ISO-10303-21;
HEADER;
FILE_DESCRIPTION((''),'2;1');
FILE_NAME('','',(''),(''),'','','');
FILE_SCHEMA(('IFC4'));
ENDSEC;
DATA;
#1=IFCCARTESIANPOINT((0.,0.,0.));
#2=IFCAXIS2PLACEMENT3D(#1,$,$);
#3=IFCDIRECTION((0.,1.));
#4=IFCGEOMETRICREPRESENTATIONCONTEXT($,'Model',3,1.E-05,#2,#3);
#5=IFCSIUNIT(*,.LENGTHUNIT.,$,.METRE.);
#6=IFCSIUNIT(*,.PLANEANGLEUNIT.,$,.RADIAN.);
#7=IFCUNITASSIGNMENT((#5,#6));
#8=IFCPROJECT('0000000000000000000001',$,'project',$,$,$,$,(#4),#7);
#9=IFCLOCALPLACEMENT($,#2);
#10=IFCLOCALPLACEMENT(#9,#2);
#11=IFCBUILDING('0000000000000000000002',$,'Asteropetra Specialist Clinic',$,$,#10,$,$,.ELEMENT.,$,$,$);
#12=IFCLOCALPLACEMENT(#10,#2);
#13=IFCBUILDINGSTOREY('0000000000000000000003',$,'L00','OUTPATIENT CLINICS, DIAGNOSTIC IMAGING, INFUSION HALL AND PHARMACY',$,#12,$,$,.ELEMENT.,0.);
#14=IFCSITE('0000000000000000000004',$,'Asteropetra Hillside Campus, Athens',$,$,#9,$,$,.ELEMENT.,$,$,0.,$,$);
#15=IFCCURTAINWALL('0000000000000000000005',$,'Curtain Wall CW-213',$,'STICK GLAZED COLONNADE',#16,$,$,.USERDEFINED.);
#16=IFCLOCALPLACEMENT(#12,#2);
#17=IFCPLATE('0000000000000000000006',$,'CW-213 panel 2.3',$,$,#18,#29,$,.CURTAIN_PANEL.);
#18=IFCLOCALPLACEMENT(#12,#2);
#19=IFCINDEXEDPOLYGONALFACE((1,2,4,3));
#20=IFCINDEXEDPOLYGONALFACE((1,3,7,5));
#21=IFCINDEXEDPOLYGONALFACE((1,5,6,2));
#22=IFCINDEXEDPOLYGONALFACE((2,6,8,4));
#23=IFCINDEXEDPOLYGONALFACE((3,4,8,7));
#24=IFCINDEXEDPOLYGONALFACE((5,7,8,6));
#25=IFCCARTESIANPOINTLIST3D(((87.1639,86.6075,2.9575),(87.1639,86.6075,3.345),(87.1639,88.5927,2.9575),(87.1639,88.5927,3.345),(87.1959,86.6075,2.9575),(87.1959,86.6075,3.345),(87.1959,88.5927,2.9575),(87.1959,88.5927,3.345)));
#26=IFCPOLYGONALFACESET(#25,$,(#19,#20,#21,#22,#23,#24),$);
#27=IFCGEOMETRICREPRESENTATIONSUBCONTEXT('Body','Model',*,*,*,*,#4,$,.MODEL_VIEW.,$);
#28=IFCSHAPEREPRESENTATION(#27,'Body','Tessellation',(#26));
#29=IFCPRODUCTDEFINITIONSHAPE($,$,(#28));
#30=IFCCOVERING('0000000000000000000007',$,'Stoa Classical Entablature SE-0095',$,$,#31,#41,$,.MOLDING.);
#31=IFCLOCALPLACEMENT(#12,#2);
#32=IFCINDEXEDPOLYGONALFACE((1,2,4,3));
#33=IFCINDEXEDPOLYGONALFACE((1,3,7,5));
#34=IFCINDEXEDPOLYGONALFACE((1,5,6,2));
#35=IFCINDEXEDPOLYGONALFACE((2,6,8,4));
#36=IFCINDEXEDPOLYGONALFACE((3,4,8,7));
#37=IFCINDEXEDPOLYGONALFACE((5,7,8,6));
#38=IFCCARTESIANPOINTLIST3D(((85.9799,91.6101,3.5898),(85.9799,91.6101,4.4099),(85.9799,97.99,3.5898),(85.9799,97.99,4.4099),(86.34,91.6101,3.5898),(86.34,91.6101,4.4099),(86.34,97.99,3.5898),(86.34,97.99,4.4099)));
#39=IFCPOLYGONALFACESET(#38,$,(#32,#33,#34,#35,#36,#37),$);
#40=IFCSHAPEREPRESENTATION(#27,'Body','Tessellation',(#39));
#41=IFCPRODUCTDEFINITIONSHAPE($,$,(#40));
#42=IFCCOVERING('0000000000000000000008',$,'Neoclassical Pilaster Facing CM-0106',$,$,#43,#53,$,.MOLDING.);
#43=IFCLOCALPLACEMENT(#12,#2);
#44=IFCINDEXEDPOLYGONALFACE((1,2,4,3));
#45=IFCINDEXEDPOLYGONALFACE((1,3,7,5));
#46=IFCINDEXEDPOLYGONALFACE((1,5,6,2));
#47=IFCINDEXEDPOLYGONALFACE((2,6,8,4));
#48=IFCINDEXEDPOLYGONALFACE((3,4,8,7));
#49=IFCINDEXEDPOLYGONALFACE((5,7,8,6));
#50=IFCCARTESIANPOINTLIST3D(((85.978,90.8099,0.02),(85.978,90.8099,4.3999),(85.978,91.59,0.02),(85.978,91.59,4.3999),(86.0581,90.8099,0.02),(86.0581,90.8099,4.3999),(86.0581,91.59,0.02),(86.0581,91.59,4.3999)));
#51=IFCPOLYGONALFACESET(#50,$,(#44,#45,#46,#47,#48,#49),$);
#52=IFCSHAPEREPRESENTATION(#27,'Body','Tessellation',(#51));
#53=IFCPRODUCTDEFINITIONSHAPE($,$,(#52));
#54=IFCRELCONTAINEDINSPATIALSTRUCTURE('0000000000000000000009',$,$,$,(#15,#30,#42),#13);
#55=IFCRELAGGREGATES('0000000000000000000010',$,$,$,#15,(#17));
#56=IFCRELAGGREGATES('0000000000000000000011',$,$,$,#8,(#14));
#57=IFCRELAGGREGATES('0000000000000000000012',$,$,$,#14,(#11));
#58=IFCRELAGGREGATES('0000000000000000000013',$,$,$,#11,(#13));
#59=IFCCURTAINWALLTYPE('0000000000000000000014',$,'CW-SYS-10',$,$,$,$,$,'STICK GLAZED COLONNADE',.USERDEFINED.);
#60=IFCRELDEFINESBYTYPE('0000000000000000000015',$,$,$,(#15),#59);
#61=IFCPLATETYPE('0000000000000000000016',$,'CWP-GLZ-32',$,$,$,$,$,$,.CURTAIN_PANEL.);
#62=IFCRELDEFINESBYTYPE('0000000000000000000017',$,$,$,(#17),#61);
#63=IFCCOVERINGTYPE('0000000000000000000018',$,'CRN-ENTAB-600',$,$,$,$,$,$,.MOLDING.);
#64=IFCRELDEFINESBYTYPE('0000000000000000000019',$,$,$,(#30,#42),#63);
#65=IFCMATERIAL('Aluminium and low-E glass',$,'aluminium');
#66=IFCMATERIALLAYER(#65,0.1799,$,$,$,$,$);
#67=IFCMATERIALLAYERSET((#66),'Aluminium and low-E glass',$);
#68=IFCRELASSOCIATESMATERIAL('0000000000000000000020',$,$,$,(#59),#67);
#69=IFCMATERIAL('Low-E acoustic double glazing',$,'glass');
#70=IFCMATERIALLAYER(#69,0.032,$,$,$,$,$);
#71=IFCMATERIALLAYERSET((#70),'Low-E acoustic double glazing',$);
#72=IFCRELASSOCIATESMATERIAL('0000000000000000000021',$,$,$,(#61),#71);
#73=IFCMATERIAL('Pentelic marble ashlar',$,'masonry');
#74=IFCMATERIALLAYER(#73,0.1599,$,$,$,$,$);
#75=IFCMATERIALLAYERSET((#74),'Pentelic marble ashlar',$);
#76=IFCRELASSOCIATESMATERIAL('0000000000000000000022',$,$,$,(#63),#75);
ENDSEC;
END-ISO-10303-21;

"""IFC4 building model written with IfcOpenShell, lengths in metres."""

from ifc_helpers import new_model, si_unit, direction, frame, origin, origin_2d, place, context, subcontext, project, spatial, rectangle, extrude, material, layer, layer_set, type_object, element, aggregate, save


model = new_model("IFC4")

# Units and contexts
model_context = context("Model", 3, precision=1e-05, world=origin(), true_north=direction((0.0, 1.0)))
body_context = subcontext(model_context, "Body", "Model", "MODEL_VIEW")
ifc_project = project(units=[si_unit("LENGTHUNIT", "METRE"), si_unit("PLANEANGLEUNIT", "RADIAN")], contexts=[model_context])

# Site, building, storey
site_placement = place(None, origin())
site = spatial("IfcSite", under=ifc_project, at=site_placement, Name="Asteropetra Hillside Campus, Athens", CompositionType="ELEMENT", RefElevation=0.0)
building_placement = place(site_placement, origin())
building = spatial("IfcBuilding", under=site, at=building_placement, Name="Asteropetra Specialist Clinic", CompositionType="ELEMENT")
storey_placement = place(building_placement, origin())
storey = spatial("IfcBuildingStorey", under=building, at=storey_placement, Name="L00", Description="OUTPATIENT CLINICS, DIAGNOSTIC IMAGING, INFUSION HALL AND PHARMACY", CompositionType="ELEMENT", Elevation=0.0)

# Curtain wall, plate
ifc_material_1 = material(Name="Aluminium and low-E glass", Category="aluminium")
ifc_layer_1 = layer(ifc_material_1, 0.1799)
ifc_layer_set_1 = layer_set([ifc_layer_1], Name="Aluminium and low-E glass")
curtain_wall_type_1 = type_object("IfcCurtainWallType", Name="CW-SYS-10", ElementType="STICK GLAZED COLONNADE", PredefinedType="USERDEFINED", material=ifc_layer_set_1)
curtain_wall_1_placement = place(storey_placement, origin())
curtain_wall_1 = element("IfcCurtainWall", 1, at=curtain_wall_1_placement, inside=storey, type_object=curtain_wall_type_1, Name="Curtain Wall CW-213", ObjectType="STICK GLAZED COLONNADE", PredefinedType="USERDEFINED")
ifc_material_2 = material(Name="Low-E acoustic double glazing", Category="glass")
ifc_layer_2 = layer(ifc_material_2, 0.032)
ifc_layer_set_2 = layer_set([ifc_layer_2], Name="Low-E acoustic double glazing")
plate_type = type_object("IfcPlateType", Name="CWP-GLZ-32", PredefinedType="CURTAIN_PANEL", material=ifc_layer_set_2)
plate_1_placement = place(storey_placement, frame((87.1799, 87.6001, 2.9575), z_axis=(0.0, 0.0, 1.0), x_axis=(0.0, -1.0, 0.0)))
plate_1 = element("IfcPlate", 2, at=plate_1_placement, type_object=plate_type, Name="CW-213 panel 2.3", PredefinedType="CURTAIN_PANEL", context=body_context, shape_type="SweptSolid", body=[
    extrude(rectangle(XDim=1.9851, YDim=0.032, at=origin_2d()), origin(), (0.0, 0.0, 1.0), 0.3875),
])
aggregate(curtain_wall_1, [plate_1])

# Coverings
ifc_material_3 = material(Name="Pentelic marble ashlar", Category="masonry")
ifc_layer_3 = layer(ifc_material_3, 0.1599)
ifc_layer_set_3 = layer_set([ifc_layer_3], Name="Pentelic marble ashlar")
covering_type = type_object("IfcCoveringType", Name="CRN-ENTAB-600", PredefinedType="MOLDING", material=ifc_layer_set_3)
covering_1_placement = place(storey_placement, frame((86.1599, 94.8, 3.5898), z_axis=(0.0, 0.0, 1.0), x_axis=(1.0, 0.0, 0.0)))
element("IfcCovering", 3, at=covering_1_placement, inside=storey, type_object=covering_type, Name="Stoa Classical Entablature SE-0095", PredefinedType="MOLDING", context=body_context, shape_type="SweptSolid", body=[
    extrude(rectangle(XDim=0.3601, YDim=6.3799, at=origin_2d()), origin(), (0.0, 0.0, 1.0), 0.8201),
])
covering_2_placement = place(storey_placement, frame((86.0181, 91.2, 0.02), z_axis=(0.0, 0.0, 1.0), x_axis=(1.0, 0.0, 0.0)))
element("IfcCovering", 4, at=covering_2_placement, inside=storey, type_object=covering_type, Name="Neoclassical Pilaster Facing CM-0106", PredefinedType="MOLDING", context=body_context, shape_type="SweptSolid", body=[
    extrude(rectangle(XDim=0.0801, YDim=0.78, at=origin_2d()), origin(), (0.0, 0.0, 1.0), 4.3799),
])

save(model, "model.ifc")
